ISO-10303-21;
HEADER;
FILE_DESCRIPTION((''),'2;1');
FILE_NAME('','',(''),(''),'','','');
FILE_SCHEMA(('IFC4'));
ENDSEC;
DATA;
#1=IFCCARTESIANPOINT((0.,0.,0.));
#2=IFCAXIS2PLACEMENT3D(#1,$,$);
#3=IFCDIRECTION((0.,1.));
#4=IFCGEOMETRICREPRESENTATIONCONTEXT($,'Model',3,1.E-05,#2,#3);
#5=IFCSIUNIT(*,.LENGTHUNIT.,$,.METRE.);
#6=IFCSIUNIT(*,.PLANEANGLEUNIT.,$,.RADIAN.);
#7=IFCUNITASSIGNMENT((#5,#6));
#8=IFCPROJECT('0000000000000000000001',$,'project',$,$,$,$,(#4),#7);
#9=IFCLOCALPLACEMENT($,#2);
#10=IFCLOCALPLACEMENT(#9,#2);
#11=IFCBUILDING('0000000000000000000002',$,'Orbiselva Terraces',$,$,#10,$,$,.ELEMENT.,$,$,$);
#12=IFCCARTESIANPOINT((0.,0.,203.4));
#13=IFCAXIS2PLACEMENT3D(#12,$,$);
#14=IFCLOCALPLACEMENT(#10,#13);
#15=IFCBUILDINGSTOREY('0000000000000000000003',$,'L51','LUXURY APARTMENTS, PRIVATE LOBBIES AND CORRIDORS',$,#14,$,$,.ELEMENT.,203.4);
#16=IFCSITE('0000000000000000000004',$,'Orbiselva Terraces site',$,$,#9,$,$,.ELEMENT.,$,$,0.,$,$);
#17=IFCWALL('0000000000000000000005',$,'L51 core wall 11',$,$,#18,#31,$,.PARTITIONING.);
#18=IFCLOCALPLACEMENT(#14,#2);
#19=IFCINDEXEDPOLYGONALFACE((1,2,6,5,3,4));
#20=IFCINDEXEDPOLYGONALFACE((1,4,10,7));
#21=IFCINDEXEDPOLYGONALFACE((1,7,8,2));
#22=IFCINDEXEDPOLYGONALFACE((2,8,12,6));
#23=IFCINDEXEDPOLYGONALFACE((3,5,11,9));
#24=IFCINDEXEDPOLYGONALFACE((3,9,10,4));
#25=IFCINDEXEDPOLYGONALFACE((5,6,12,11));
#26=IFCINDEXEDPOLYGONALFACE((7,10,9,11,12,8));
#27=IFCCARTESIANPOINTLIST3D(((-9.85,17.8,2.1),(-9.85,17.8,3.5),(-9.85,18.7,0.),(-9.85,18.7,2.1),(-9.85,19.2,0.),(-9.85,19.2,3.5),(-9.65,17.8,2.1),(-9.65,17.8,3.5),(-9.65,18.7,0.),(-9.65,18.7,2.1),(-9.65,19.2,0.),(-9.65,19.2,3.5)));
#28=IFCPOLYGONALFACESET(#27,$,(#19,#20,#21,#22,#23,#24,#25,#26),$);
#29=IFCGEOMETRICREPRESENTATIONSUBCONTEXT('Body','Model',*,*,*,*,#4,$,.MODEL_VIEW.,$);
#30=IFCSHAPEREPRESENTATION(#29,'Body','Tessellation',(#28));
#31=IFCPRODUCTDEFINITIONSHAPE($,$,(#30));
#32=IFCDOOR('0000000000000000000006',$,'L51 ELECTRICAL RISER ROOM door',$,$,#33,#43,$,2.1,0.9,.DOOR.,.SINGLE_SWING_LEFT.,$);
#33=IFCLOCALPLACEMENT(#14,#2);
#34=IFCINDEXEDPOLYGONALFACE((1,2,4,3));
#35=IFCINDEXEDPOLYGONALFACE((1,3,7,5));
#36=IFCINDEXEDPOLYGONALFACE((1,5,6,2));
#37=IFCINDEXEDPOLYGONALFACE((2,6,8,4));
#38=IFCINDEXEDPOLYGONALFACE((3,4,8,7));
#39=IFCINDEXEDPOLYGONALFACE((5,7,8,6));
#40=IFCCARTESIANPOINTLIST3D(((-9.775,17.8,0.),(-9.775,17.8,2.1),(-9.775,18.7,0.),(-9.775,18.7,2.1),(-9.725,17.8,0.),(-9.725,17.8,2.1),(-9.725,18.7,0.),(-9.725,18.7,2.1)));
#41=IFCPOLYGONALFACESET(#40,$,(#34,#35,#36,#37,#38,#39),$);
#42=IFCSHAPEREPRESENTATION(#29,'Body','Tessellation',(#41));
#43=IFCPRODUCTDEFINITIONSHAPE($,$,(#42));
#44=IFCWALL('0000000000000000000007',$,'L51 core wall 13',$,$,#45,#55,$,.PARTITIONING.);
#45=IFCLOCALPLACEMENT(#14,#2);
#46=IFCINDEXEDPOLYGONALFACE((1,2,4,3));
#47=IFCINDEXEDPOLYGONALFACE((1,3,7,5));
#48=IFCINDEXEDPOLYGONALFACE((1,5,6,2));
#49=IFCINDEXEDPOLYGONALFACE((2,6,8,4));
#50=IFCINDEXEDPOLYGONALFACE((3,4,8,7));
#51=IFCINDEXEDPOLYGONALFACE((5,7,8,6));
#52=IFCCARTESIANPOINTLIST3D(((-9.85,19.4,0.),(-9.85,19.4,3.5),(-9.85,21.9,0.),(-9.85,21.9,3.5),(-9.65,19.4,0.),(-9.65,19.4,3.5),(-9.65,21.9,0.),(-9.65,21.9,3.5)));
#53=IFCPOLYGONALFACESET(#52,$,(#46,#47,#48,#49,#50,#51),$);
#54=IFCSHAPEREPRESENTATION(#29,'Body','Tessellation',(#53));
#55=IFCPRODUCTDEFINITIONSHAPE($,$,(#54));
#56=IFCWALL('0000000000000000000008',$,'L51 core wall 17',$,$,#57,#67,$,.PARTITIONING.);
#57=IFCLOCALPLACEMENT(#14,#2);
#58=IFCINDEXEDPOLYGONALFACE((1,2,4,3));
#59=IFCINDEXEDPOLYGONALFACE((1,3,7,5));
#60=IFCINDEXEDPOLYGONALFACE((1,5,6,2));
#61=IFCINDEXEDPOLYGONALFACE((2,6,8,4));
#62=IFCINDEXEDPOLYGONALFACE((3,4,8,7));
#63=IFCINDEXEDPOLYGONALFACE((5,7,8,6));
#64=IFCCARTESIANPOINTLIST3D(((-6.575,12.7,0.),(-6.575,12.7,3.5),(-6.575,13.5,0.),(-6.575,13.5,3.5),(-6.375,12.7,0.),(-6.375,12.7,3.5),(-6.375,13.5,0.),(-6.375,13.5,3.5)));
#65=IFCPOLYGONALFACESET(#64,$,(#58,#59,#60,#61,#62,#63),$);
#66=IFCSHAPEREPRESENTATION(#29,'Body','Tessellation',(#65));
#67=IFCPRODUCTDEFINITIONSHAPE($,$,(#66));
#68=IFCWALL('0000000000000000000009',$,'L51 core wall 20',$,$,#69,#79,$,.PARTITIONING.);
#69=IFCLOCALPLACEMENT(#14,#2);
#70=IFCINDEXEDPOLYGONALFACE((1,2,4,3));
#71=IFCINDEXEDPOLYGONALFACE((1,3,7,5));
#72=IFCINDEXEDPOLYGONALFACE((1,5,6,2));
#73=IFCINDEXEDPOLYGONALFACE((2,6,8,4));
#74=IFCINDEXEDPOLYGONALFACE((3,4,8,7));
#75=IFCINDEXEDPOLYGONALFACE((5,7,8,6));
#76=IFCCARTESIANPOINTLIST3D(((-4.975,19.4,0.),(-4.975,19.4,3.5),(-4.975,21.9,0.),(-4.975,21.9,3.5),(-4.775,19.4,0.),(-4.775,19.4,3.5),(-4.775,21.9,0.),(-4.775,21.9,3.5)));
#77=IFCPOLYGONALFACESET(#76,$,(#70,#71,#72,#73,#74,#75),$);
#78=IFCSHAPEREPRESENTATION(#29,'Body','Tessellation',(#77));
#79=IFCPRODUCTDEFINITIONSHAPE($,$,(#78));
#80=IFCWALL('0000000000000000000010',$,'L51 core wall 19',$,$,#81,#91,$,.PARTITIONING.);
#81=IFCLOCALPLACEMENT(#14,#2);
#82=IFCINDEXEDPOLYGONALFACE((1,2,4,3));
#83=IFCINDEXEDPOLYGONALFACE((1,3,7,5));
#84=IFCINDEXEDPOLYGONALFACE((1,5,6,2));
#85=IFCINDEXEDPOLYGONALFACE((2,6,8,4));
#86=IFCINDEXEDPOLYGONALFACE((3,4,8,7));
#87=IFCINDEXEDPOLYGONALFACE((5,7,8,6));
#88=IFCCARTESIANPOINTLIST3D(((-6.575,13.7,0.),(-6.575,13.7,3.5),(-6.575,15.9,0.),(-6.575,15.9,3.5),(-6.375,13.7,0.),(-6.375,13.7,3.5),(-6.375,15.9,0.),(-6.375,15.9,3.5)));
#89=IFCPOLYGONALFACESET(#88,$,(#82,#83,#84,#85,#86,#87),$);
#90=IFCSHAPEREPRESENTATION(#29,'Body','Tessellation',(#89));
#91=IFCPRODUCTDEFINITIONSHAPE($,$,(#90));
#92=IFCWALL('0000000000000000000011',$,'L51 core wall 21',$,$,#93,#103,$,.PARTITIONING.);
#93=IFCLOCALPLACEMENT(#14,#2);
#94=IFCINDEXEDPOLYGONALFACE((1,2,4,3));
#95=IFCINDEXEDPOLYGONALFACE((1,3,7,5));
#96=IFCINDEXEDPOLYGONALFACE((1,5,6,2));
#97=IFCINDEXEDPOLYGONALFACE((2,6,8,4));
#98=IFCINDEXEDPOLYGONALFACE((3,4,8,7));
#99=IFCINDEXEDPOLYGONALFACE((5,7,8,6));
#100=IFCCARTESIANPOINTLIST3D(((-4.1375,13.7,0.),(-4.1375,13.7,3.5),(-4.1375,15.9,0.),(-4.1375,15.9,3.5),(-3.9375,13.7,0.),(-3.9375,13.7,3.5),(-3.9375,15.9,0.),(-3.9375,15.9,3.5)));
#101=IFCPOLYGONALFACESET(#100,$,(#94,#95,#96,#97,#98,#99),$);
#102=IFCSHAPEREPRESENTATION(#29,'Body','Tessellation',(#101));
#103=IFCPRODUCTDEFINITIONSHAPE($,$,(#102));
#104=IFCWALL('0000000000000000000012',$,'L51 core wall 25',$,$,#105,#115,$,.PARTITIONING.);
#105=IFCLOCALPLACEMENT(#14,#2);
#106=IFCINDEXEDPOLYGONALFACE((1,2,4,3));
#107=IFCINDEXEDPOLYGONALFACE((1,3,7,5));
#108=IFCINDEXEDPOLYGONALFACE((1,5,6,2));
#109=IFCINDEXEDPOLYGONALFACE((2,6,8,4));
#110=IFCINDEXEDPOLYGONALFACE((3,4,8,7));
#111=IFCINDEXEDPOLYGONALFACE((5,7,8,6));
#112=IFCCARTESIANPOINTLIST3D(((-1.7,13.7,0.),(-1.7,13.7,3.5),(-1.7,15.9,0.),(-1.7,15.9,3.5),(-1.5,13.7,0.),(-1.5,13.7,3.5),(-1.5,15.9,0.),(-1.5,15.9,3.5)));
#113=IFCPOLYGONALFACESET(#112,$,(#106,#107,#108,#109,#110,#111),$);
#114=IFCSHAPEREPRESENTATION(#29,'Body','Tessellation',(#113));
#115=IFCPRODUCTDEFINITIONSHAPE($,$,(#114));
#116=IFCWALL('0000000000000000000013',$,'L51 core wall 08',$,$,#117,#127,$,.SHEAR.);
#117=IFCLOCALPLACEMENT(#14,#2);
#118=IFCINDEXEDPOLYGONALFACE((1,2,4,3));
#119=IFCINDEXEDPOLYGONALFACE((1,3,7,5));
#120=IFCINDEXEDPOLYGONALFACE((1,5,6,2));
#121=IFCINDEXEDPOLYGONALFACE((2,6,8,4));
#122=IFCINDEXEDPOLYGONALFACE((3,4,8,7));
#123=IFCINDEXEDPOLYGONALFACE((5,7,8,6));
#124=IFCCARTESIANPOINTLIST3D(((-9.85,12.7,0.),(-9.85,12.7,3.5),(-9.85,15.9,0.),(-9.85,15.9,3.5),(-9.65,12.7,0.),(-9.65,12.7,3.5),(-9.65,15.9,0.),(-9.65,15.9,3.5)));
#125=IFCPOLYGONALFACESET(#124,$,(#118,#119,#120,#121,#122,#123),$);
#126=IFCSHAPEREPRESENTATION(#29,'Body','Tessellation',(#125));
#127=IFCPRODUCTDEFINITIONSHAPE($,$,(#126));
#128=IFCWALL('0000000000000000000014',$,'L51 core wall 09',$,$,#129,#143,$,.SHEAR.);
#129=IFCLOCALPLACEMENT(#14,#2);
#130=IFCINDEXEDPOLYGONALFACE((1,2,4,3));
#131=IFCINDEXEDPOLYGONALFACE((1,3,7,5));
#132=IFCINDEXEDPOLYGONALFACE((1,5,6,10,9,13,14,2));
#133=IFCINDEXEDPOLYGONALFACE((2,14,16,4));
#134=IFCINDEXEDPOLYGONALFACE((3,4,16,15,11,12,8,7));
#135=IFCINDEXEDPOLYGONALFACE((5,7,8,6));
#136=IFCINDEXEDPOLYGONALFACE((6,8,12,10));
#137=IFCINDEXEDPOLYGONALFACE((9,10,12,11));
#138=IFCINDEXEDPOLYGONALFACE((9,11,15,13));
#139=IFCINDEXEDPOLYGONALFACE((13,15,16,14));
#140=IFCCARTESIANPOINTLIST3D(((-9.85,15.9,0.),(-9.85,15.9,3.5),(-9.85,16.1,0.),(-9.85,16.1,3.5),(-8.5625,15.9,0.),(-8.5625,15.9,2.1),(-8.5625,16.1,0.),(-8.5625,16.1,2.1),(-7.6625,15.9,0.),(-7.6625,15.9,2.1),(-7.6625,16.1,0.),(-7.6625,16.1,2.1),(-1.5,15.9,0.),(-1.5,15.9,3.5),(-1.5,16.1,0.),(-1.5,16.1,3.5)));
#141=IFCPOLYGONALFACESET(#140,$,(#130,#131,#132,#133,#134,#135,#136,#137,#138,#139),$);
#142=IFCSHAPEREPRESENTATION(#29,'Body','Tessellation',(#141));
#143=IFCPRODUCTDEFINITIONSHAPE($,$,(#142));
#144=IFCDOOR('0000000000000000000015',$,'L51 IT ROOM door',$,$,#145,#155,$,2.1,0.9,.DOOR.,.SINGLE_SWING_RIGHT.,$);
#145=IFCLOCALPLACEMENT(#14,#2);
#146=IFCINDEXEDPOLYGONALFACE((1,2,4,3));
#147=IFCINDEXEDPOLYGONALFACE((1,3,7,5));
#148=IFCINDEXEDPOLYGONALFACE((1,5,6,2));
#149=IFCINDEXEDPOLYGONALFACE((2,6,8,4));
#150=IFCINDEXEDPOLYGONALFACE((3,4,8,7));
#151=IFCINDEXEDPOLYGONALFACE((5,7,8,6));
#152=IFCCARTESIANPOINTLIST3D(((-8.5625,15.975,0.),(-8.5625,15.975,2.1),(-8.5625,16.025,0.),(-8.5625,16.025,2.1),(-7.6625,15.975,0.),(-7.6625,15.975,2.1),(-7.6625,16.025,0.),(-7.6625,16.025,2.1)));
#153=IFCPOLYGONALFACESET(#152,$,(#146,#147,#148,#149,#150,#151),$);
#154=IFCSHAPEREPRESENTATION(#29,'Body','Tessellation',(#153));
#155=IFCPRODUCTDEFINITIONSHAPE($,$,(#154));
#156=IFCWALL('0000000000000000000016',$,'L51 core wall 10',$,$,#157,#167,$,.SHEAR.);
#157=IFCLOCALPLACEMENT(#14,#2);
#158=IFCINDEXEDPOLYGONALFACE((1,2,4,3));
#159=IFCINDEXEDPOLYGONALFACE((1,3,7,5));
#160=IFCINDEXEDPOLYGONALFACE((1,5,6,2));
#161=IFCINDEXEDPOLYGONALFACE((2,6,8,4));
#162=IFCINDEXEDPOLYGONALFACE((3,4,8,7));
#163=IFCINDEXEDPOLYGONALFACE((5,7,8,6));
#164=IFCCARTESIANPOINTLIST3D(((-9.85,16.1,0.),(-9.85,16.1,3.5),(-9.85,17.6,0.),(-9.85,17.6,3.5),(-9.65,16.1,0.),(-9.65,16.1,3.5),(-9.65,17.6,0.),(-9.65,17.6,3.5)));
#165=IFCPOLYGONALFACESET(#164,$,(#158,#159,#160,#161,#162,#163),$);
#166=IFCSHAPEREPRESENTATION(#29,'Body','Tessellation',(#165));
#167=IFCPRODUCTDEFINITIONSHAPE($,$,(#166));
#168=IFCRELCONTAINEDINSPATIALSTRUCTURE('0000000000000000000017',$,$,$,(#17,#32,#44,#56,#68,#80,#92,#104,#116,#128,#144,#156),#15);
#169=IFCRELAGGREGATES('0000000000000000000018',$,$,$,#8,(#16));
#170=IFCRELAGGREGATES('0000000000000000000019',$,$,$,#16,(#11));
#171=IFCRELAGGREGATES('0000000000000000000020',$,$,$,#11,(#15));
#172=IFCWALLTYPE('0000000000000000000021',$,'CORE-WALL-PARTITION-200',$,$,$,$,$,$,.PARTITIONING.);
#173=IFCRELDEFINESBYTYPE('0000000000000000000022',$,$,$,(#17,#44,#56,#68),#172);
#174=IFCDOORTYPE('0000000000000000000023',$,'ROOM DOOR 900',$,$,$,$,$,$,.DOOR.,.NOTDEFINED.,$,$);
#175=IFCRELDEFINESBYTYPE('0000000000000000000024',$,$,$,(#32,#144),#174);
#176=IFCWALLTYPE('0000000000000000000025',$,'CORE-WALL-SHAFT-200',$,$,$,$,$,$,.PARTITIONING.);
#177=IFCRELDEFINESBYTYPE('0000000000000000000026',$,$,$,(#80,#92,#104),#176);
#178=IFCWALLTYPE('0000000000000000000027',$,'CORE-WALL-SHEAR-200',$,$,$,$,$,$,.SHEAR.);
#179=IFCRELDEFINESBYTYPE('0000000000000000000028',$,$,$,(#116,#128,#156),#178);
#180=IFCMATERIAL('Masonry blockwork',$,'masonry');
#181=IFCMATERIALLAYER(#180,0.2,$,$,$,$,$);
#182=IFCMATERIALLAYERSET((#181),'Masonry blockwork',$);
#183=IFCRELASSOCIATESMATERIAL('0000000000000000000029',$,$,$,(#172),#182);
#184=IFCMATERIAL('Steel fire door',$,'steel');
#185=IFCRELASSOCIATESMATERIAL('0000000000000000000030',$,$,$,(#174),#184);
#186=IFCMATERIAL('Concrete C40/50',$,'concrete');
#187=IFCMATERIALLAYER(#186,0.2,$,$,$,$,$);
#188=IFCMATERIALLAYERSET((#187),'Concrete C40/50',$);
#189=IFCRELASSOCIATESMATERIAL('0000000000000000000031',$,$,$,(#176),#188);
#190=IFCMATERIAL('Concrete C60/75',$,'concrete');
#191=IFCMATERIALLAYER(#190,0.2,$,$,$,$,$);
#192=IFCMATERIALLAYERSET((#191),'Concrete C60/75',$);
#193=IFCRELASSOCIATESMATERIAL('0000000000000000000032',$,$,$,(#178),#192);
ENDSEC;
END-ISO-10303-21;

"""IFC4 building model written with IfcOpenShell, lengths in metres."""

from ifc_helpers import new_model, si_unit, direction, frame, frame_2d, origin, place, context, subcontext, project, spatial, rectangle, extrude, material, layer, layer_set, type_object, element, fill, save


model = new_model("IFC4")

# Units and contexts
model_context = context("Model", 3, precision=1e-05, world=origin(), true_north=direction((0.0, 1.0)))
body_context = subcontext(model_context, "Body", "Model", "MODEL_VIEW")
ifc_project = project(units=[si_unit("LENGTHUNIT", "METRE"), si_unit("PLANEANGLEUNIT", "RADIAN")], contexts=[model_context])

# Site, building, storey
site_placement = place(None, origin())
site = spatial("IfcSite", under=ifc_project, at=site_placement, Name="Orbiselva Terraces site", CompositionType="ELEMENT", RefElevation=0.0)
building_placement = place(site_placement, origin())
building = spatial("IfcBuilding", under=site, at=building_placement, Name="Orbiselva Terraces", CompositionType="ELEMENT")
storey_placement = place(building_placement, frame((0.0, 0.0, 203.4)))
storey = spatial("IfcBuildingStorey", under=building, at=storey_placement, Name="L51", Description="LUXURY APARTMENTS, PRIVATE LOBBIES AND CORRIDORS", CompositionType="ELEMENT", Elevation=203.4)

# Wall, opening, door
ifc_material_1 = material(Name="Masonry blockwork", Category="masonry")
ifc_layer_1 = layer(ifc_material_1, 0.2)
ifc_layer_set_1 = layer_set([ifc_layer_1], Name="Masonry blockwork")
wall_type_1 = type_object("IfcWallType", Name="CORE-WALL-PARTITION-200", PredefinedType="PARTITIONING", material=ifc_layer_set_1)
wall_1_placement = place(storey_placement, frame((-9.75, 17.8, 0.0), z_axis=(0.0, 0.0, 1.0), x_axis=(0.0, 1.0, 0.0)))
wall_1 = element("IfcWall", 1, at=wall_1_placement, inside=storey, type_object=wall_type_1, Name="L51 core wall 11", PredefinedType="PARTITIONING", context=body_context, shape_type="SweptSolid", body=[
    extrude(rectangle(XDim=1.4, YDim=0.2, at=frame_2d((0.7, 0.0))), origin(), (0.0, 0.0, 1.0), 3.5),
])
opening_1_placement = place(wall_1_placement, origin())
opening_1 = element("IfcOpeningElement", 2, at=opening_1_placement, cuts=wall_1, PredefinedType="OPENING", context=body_context, shape_type="SweptSolid", body=[
    extrude(rectangle(XDim=0.9, YDim=2.1, at=frame_2d((0.45, 1.05))), frame((0.0, 0.11, 0.0), z_axis=(0.0, -1.0, 0.0), x_axis=(1.0, 0.0, 0.0)), (0.0, 0.0, 1.0), 0.22),
])
ifc_material_2 = material(Name="Steel fire door", Category="steel")
door_type_1 = type_object("IfcDoorType", Name="ROOM DOOR 900", OperationType="NOTDEFINED", PredefinedType="DOOR", material=ifc_material_2)
door_1_placement = place(opening_1_placement, origin())
door_1 = element("IfcDoor", 3, at=door_1_placement, inside=storey, type_object=door_type_1, Name="L51 ELECTRICAL RISER ROOM door", OperationType="SINGLE_SWING_LEFT", OverallHeight=2.1, OverallWidth=0.9, PredefinedType="DOOR", context=body_context, shape_type="SweptSolid", body=[
    extrude(rectangle(XDim=0.9, YDim=2.1, at=frame_2d((0.45, 1.05))), frame((0.0, 0.025, 0.0), z_axis=(0.0, -1.0, 0.0), x_axis=(1.0, 0.0, 0.0)), (0.0, 0.0, 1.0), 0.05),
])
fill(opening_1, door_1)

# Walls
wall_2_placement = place(storey_placement, frame((-9.75, 19.4, 0.0), z_axis=(0.0, 0.0, 1.0), x_axis=(0.0, 1.0, 0.0)))
element("IfcWall", 4, at=wall_2_placement, inside=storey, type_object=wall_type_1, Name="L51 core wall 13", PredefinedType="PARTITIONING", context=body_context, shape_type="SweptSolid", body=[
    extrude(rectangle(XDim=2.5, YDim=0.2, at=frame_2d((1.25, 0.0))), origin(), (0.0, 0.0, 1.0), 3.5),
])
wall_3_placement = place(storey_placement, frame((-6.475, 12.7, 0.0), z_axis=(0.0, 0.0, 1.0), x_axis=(0.0, 1.0, 0.0)))
element("IfcWall", 5, at=wall_3_placement, inside=storey, type_object=wall_type_1, Name="L51 core wall 17", PredefinedType="PARTITIONING", context=body_context, shape_type="SweptSolid", body=[
    extrude(rectangle(XDim=0.8, YDim=0.2, at=frame_2d((0.4, 0.0))), origin(), (0.0, 0.0, 1.0), 3.5),
])
wall_4_placement = place(storey_placement, frame((-4.875, 19.4, 0.0), z_axis=(0.0, 0.0, 1.0), x_axis=(0.0, 1.0, 0.0)))
element("IfcWall", 6, at=wall_4_placement, inside=storey, type_object=wall_type_1, Name="L51 core wall 20", PredefinedType="PARTITIONING", context=body_context, shape_type="SweptSolid", body=[
    extrude(rectangle(XDim=2.5, YDim=0.2, at=frame_2d((1.25, 0.0))), origin(), (0.0, 0.0, 1.0), 3.5),
])
ifc_material_3 = material(Name="Concrete C40/50", Category="concrete")
ifc_layer_2 = layer(ifc_material_3, 0.2)
ifc_layer_set_2 = layer_set([ifc_layer_2], Name="Concrete C40/50")
wall_type_2 = type_object("IfcWallType", Name="CORE-WALL-SHAFT-200", PredefinedType="PARTITIONING", material=ifc_layer_set_2)
for number, where, z_axis, x_axis, name in (
    (7, (-6.475, 13.7, 0.0), (0.0, 0.0, 1.0), (0.0, 1.0, 0.0), "L51 core wall 19"),
    (8, (-4.0375, 13.7, 0.0), (0.0, 0.0, 1.0), (0.0, 1.0, 0.0), "L51 core wall 21"),
    (9, (-1.6, 13.7, 0.0), (0.0, 0.0, 1.0), (0.0, 1.0, 0.0), "L51 core wall 25"),
):
    element("IfcWall", number, at=place(storey_placement, frame(where, z_axis=z_axis, x_axis=x_axis)), inside=storey, type_object=wall_type_2, Name=name, PredefinedType="PARTITIONING", context=body_context, shape_type="SweptSolid", body=[
        extrude(rectangle(XDim=2.2, YDim=0.2, at=frame_2d((1.1, 0.0))), origin(), (0.0, 0.0, 1.0), 3.5),
    ])
ifc_material_4 = material(Name="Concrete C60/75", Category="concrete")
ifc_layer_3 = layer(ifc_material_4, 0.2)
ifc_layer_set_3 = layer_set([ifc_layer_3], Name="Concrete C60/75")
wall_type_3 = type_object("IfcWallType", Name="CORE-WALL-SHEAR-200", PredefinedType="SHEAR", material=ifc_layer_set_3)
wall_5_placement = place(storey_placement, frame((-9.75, 12.7, 0.0), z_axis=(0.0, 0.0, 1.0), x_axis=(0.0, 1.0, 0.0)))
element("IfcWall", 10, at=wall_5_placement, inside=storey, type_object=wall_type_3, Name="L51 core wall 08", PredefinedType="SHEAR", context=body_context, shape_type="SweptSolid", body=[
    extrude(rectangle(XDim=3.2, YDim=0.2, at=frame_2d((1.6, 0.0))), origin(), (0.0, 0.0, 1.0), 3.5),
])

# Wall, opening, door
wall_6_placement = place(storey_placement, frame((-1.5, 16.0, 0.0), z_axis=(0.0, 0.0, 1.0), x_axis=(-1.0, 0.0, 0.0)))
wall_6 = element("IfcWall", 11, at=wall_6_placement, inside=storey, type_object=wall_type_3, Name="L51 core wall 09", PredefinedType="SHEAR", context=body_context, shape_type="SweptSolid", body=[
    extrude(rectangle(XDim=8.35, YDim=0.2, at=frame_2d((4.175, 0.0))), origin(), (0.0, 0.0, 1.0), 3.5),
])
opening_2_placement = place(wall_6_placement, frame((6.1625, 0.0, 0.0)))
opening_2 = element("IfcOpeningElement", 12, at=opening_2_placement, cuts=wall_6, PredefinedType="OPENING", context=body_context, shape_type="SweptSolid", body=[
    extrude(rectangle(XDim=0.9, YDim=2.1, at=frame_2d((0.45, 1.05))), frame((0.0, 0.11, 0.0), z_axis=(0.0, -1.0, 0.0), x_axis=(1.0, 0.0, 0.0)), (0.0, 0.0, 1.0), 0.22),
])
door_2_placement = place(opening_2_placement, origin())
door_2 = element("IfcDoor", 13, at=door_2_placement, inside=storey, type_object=door_type_1, Name="L51 IT ROOM door", OperationType="SINGLE_SWING_RIGHT", OverallHeight=2.1, OverallWidth=0.9, PredefinedType="DOOR", context=body_context, shape_type="SweptSolid", body=[
    extrude(rectangle(XDim=0.9, YDim=2.1, at=frame_2d((0.45, 1.05))), frame((0.0, 0.025, 0.0), z_axis=(0.0, -1.0, 0.0), x_axis=(1.0, 0.0, 0.0)), (0.0, 0.0, 1.0), 0.05),
])
fill(opening_2, door_2)

# Wall
wall_7_placement = place(storey_placement, frame((-9.75, 16.1, 0.0), z_axis=(0.0, 0.0, 1.0), x_axis=(0.0, 1.0, 0.0)))
element("IfcWall", 14, at=wall_7_placement, inside=storey, type_object=wall_type_3, Name="L51 core wall 10", PredefinedType="SHEAR", context=body_context, shape_type="SweptSolid", body=[
    extrude(rectangle(XDim=1.5, YDim=0.2, at=frame_2d((0.75, 0.0))), origin(), (0.0, 0.0, 1.0), 3.5),
])

save(model, "model.ifc")
